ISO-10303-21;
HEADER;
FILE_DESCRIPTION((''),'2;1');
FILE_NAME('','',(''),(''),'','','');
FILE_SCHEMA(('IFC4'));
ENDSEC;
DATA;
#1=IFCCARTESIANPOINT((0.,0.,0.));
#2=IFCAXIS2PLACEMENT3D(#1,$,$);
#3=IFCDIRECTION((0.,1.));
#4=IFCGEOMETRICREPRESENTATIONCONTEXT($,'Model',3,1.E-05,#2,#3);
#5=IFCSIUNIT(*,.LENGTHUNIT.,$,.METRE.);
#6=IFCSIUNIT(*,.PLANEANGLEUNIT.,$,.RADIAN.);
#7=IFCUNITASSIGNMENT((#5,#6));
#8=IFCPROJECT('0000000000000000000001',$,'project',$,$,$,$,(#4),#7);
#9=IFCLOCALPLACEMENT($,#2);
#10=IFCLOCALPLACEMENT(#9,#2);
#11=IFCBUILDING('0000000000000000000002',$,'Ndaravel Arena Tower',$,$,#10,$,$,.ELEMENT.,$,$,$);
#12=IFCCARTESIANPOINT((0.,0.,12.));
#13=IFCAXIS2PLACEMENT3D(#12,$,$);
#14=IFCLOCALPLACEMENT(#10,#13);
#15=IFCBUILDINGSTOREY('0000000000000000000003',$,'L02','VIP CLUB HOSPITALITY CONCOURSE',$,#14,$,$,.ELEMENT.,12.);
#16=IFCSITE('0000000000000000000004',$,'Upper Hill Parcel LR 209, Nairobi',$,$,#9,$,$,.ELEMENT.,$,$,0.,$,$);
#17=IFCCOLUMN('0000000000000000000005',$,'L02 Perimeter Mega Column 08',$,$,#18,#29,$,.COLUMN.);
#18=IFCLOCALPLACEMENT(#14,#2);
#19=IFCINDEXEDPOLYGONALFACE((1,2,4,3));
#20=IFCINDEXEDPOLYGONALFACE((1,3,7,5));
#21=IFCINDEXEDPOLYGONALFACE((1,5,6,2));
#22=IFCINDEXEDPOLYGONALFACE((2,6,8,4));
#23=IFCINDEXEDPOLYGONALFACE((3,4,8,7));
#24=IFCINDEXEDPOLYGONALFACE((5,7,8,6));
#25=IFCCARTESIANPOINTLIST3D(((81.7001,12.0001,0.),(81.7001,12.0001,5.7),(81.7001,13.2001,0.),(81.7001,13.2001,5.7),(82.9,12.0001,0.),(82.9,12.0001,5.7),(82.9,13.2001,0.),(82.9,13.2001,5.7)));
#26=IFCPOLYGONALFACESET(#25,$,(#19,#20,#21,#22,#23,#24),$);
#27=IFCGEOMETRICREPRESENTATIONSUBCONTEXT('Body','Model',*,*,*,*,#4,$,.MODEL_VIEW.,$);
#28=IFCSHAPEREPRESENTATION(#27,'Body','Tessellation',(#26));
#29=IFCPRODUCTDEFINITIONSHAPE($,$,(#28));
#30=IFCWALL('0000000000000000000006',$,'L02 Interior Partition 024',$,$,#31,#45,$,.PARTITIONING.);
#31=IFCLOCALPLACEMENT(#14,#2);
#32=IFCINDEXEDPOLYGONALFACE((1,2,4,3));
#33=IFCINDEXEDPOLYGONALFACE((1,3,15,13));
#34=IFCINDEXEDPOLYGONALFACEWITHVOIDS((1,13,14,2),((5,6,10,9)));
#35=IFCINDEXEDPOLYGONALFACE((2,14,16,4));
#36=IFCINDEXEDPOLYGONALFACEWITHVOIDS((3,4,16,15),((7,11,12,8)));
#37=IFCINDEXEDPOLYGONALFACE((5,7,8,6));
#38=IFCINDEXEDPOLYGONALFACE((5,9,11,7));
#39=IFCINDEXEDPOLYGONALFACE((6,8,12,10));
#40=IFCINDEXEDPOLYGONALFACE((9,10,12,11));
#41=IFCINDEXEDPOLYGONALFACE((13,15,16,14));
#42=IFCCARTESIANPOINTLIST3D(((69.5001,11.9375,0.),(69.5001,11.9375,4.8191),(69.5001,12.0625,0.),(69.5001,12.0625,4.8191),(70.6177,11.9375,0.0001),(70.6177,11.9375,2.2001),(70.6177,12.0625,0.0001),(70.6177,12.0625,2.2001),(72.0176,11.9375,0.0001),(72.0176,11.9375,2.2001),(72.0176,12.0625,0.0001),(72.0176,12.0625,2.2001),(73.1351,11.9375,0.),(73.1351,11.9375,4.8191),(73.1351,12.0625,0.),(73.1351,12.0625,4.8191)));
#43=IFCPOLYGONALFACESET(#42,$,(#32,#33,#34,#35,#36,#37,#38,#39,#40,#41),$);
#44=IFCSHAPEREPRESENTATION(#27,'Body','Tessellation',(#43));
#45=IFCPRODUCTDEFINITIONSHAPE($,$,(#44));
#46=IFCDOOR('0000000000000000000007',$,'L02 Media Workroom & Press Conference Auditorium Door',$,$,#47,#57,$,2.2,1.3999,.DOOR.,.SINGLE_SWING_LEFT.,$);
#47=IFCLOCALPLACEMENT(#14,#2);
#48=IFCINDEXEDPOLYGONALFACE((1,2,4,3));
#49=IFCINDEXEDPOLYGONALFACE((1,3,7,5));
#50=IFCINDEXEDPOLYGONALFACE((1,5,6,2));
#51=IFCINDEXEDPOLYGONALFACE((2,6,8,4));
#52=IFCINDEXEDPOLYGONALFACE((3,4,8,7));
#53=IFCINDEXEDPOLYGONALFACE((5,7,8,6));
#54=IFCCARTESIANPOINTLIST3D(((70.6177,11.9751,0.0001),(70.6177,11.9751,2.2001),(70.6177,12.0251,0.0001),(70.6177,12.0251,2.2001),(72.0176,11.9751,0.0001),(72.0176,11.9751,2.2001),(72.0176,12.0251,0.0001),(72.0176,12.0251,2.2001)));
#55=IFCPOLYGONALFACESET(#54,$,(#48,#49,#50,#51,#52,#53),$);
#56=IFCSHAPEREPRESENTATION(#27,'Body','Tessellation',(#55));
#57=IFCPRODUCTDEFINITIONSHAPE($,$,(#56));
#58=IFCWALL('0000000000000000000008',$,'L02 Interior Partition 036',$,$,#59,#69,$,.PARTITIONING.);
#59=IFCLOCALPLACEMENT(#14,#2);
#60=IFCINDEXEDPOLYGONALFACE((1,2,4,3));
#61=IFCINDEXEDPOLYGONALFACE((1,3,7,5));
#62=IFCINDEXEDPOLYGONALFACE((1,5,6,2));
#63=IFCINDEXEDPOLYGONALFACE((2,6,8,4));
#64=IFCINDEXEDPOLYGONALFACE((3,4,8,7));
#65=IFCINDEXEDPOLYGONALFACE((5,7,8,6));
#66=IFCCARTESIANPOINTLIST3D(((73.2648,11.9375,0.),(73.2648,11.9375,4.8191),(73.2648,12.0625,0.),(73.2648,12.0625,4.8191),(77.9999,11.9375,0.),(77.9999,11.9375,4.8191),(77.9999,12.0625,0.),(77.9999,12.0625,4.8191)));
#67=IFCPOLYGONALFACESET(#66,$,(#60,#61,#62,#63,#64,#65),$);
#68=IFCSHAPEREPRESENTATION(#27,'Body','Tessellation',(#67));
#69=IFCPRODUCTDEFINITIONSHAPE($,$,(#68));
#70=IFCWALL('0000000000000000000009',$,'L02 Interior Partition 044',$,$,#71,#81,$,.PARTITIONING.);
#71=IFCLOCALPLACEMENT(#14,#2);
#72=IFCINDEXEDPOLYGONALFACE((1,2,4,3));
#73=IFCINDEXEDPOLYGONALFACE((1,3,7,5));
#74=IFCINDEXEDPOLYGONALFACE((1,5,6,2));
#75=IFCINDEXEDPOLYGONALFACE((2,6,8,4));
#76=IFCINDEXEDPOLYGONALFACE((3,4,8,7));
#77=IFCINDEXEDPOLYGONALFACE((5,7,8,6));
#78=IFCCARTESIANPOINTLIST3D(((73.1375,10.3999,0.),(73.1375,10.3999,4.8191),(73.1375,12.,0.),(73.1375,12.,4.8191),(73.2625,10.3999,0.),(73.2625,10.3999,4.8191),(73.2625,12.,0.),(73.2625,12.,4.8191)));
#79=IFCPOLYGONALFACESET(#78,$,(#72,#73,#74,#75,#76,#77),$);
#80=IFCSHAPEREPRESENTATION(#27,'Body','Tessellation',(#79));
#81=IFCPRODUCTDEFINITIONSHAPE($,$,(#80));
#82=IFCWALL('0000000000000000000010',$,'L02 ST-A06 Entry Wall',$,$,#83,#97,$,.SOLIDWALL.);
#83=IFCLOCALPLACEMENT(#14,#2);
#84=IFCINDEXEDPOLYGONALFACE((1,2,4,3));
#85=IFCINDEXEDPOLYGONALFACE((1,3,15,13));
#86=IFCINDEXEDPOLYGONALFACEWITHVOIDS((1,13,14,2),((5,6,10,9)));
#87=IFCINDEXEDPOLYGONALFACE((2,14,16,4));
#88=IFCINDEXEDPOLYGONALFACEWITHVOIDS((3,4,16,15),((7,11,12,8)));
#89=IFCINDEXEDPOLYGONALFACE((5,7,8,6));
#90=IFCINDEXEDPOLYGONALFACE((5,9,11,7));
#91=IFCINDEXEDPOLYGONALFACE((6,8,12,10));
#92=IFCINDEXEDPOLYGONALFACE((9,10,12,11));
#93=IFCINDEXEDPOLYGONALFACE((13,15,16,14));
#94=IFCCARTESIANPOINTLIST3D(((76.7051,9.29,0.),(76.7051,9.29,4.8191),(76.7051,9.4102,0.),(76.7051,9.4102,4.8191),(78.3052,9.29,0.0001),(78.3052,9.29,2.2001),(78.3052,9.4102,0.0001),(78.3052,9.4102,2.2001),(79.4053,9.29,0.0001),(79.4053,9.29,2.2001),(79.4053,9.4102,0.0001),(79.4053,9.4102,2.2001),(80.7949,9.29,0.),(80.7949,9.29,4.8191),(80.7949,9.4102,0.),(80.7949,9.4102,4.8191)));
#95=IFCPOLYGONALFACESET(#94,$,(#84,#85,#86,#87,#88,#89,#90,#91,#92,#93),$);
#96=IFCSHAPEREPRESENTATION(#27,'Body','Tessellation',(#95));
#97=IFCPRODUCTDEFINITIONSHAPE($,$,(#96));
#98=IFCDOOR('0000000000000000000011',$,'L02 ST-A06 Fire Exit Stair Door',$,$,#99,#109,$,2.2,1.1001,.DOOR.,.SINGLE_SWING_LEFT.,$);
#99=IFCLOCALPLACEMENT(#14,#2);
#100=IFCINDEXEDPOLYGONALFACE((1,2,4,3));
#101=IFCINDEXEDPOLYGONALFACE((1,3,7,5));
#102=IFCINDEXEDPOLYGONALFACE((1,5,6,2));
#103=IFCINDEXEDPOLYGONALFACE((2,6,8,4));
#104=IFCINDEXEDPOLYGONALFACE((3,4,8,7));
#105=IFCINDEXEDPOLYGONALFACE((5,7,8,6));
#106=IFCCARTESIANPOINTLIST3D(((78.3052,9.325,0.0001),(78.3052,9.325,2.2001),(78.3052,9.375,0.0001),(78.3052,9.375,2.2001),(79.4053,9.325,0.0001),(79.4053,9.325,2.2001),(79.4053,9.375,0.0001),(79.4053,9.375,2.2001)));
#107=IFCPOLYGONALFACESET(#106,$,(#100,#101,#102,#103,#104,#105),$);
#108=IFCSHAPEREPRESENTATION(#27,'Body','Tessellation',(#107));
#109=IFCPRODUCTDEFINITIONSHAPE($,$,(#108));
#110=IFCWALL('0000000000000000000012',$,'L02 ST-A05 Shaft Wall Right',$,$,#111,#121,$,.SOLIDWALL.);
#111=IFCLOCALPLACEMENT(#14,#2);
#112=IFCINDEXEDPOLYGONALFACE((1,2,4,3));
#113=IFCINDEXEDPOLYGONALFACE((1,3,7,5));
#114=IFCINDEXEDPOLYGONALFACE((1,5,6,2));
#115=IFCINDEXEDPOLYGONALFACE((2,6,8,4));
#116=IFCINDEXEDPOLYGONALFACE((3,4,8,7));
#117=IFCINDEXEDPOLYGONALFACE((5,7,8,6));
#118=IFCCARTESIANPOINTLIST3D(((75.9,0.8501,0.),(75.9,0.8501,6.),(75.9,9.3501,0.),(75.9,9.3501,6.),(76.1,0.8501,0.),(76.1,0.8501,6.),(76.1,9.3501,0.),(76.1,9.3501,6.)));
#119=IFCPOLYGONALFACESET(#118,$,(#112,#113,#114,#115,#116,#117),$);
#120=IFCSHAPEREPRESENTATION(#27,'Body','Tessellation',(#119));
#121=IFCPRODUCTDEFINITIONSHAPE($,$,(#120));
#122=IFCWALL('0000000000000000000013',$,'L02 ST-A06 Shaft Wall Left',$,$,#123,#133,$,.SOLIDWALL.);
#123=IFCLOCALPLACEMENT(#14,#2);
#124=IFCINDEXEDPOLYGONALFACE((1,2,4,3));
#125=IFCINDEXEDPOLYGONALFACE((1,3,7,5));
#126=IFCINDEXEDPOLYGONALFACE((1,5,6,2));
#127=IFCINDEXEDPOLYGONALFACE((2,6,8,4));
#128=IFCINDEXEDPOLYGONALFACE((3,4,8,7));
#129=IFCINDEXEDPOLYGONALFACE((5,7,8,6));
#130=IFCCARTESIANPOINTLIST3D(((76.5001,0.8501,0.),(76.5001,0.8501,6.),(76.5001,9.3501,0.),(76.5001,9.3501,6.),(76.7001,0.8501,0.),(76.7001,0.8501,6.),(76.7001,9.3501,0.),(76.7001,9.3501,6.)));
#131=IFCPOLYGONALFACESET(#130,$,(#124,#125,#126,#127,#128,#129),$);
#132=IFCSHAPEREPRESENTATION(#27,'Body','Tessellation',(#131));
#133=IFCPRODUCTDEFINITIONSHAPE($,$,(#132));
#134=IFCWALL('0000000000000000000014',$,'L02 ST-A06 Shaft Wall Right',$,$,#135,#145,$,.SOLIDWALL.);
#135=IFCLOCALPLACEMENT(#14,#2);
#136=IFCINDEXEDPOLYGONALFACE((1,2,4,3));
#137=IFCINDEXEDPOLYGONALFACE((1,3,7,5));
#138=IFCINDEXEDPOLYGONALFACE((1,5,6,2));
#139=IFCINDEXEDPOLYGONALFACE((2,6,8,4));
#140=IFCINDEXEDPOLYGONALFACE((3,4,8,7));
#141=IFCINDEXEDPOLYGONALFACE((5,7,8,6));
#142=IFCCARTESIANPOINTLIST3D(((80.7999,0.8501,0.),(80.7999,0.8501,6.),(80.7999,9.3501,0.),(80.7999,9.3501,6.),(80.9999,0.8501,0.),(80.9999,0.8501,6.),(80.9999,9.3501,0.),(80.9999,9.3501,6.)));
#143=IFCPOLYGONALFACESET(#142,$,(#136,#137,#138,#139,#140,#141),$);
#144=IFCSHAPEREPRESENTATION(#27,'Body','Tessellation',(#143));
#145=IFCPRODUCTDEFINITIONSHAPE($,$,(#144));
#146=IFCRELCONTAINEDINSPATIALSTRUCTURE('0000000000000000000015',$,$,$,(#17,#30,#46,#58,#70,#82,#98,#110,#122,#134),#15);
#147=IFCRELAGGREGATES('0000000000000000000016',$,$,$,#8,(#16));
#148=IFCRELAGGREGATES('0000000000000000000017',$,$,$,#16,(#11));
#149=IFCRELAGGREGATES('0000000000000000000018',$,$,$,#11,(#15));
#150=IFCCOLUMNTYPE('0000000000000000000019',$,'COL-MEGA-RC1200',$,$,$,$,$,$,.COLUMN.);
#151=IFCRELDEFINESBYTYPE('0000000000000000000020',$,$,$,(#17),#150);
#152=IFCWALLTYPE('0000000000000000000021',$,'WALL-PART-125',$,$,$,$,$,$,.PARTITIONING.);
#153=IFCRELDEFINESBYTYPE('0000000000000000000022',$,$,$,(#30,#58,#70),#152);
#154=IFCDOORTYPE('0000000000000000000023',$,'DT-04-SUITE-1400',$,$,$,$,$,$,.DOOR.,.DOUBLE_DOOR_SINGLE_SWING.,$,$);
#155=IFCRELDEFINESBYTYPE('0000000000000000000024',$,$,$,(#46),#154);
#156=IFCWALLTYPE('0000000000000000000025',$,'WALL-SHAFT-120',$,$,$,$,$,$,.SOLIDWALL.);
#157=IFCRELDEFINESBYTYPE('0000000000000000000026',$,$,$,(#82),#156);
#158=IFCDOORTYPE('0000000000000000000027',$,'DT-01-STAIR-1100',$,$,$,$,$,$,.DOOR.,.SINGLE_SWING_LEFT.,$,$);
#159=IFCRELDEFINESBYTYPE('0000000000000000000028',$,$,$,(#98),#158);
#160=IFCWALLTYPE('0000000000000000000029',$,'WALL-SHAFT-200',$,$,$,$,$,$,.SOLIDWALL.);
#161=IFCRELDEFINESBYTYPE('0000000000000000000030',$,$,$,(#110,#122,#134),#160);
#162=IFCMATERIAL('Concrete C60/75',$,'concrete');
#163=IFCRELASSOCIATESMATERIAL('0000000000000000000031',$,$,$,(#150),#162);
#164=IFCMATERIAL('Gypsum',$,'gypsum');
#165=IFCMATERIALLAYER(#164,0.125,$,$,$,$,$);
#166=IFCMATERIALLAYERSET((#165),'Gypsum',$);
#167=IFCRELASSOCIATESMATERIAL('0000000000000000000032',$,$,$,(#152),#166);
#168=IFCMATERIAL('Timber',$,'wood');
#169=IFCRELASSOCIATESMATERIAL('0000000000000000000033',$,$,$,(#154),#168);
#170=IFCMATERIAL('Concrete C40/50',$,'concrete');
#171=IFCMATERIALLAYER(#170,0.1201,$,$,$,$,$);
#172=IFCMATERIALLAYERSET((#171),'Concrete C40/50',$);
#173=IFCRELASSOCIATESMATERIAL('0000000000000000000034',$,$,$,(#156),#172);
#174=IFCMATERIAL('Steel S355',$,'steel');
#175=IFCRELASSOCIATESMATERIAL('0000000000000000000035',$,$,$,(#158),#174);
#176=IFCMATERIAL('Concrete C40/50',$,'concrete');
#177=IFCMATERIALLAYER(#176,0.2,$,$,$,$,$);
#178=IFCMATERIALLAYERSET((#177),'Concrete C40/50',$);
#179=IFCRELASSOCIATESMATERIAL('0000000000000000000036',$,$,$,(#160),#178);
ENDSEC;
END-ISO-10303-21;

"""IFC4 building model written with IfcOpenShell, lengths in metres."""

from ifc_helpers import new_model, si_unit, direction, frame, frame_2d, origin, origin_2d, place, context, subcontext, project, spatial, rectangle, extrude, material, layer, layer_set, material_profile, profile_set, type_object, element, fill, save


model = new_model("IFC4")

# Units and contexts
model_context = context("Model", 3, precision=1e-05, world=origin(), true_north=direction((0.0, 1.0)))
body_context = subcontext(model_context, "Body", "Model", "MODEL_VIEW")
ifc_project = project(units=[si_unit("LENGTHUNIT", "METRE"), si_unit("PLANEANGLEUNIT", "RADIAN")], contexts=[model_context])

# Site, building, storey
site_placement = place(None, origin())
site = spatial("IfcSite", under=ifc_project, at=site_placement, Name="Upper Hill Parcel LR 209, Nairobi", CompositionType="ELEMENT", RefElevation=0.0)
building_placement = place(site_placement, origin())
building = spatial("IfcBuilding", under=site, at=building_placement, Name="Ndaravel Arena Tower", CompositionType="ELEMENT")
storey_placement = place(building_placement, frame((0.0, 0.0, 12.0)))
storey = spatial("IfcBuildingStorey", under=building, at=storey_placement, Name="L02", Description="VIP CLUB HOSPITALITY CONCOURSE", CompositionType="ELEMENT", Elevation=12.0)

# Column
ifc_material_1 = material(Name="Concrete C60/75", Category="concrete")
ifc_material_profile = material_profile(ifc_material_1, rectangle(XDim=1.2, YDim=1.2, at=origin_2d()), Name="RC 1200x1200")
ifc_profile_set = profile_set([ifc_material_profile], Name="Concrete C60/75")
column_type = type_object("IfcColumnType", Name="COL-MEGA-RC1200", PredefinedType="COLUMN", material=ifc_profile_set)
column_placement = place(storey_placement, frame((82.3, 12.6001, 0.0), z_axis=(0.0, 0.0, 1.0), x_axis=(1.0, 0.0, 0.0)))
element("IfcColumn", 1, at=column_placement, inside=storey, type_object=column_type, Name="L02 Perimeter Mega Column 08", PredefinedType="COLUMN", context=body_context, shape_type="SweptSolid", body=[
    extrude(rectangle(XDim=1.2, YDim=1.2, at=origin_2d()), origin(), (0.0, 0.0, 1.0), 5.7),
])

# Wall, opening, door
ifc_material_2 = material(Name="Gypsum", Category="gypsum")
ifc_layer_1 = layer(ifc_material_2, 0.125)
ifc_layer_set_1 = layer_set([ifc_layer_1], Name="Gypsum")
wall_type_1 = type_object("IfcWallType", Name="WALL-PART-125", PredefinedType="PARTITIONING", material=ifc_layer_set_1)
wall_1_placement = place(storey_placement, frame((73.135, 12.0, 0.0), z_axis=(0.0, 0.0, 1.0), x_axis=(-1.0, 0.0, 0.0)))
wall_1 = element("IfcWall", 2, at=wall_1_placement, inside=storey, type_object=wall_type_1, Name="L02 Interior Partition 024", PredefinedType="PARTITIONING", context=body_context, shape_type="SweptSolid", body=[
    extrude(rectangle(XDim=3.635, YDim=0.125, at=frame_2d((1.8174, 0.0))), origin(), (0.0, 0.0, 1.0), 4.8191),
])
opening_1_placement = place(wall_1_placement, frame((1.1174, 0.0, 0.0)))
opening_1 = element("IfcOpeningElement", 3, at=opening_1_placement, cuts=wall_1, PredefinedType="OPENING", context=body_context, shape_type="SweptSolid", body=[
    extrude(rectangle(XDim=1.3999, YDim=2.2, at=frame_2d((0.7, 1.1001))), frame((0.0, 0.0625, 0.0), z_axis=(0.0, -1.0, 0.0), x_axis=(1.0, 0.0, 0.0)), (0.0, 0.0, 1.0), 0.125),
])
ifc_material_3 = material(Name="Timber", Category="wood")
door_type_1 = type_object("IfcDoorType", Name="DT-04-SUITE-1400", OperationType="DOUBLE_DOOR_SINGLE_SWING", PredefinedType="DOOR", material=ifc_material_3)
door_1_placement = place(opening_1_placement, origin())
door_1 = element("IfcDoor", 4, at=door_1_placement, inside=storey, type_object=door_type_1, Name="L02 Media Workroom & Press Conference Auditorium Door", OperationType="SINGLE_SWING_LEFT", OverallHeight=2.2, OverallWidth=1.3999, PredefinedType="DOOR", context=body_context, shape_type="SweptSolid", body=[
    extrude(rectangle(XDim=1.3999, YDim=2.2, at=frame_2d((0.7, 1.1001))), frame((0.0, 0.0249, 0.0), z_axis=(0.0, -1.0, 0.0), x_axis=(1.0, 0.0, 0.0)), (0.0, 0.0, 1.0), 0.05),
])
fill(opening_1, door_1)

# Walls
wall_2_placement = place(storey_placement, frame((78.0, 12.0, 0.0), z_axis=(0.0, 0.0, 1.0), x_axis=(-1.0, 0.0, 0.0)))
element("IfcWall", 5, at=wall_2_placement, inside=storey, type_object=wall_type_1, Name="L02 Interior Partition 036", PredefinedType="PARTITIONING", context=body_context, shape_type="SweptSolid", body=[
    extrude(rectangle(XDim=4.7351, YDim=0.125, at=frame_2d((2.3677, 0.0))), origin(), (0.0, 0.0, 1.0), 4.8191),
])
wall_3_placement = place(storey_placement, frame((73.2, 12.0, 0.0), z_axis=(0.0, 0.0, 1.0), x_axis=(0.0, -1.0, 0.0)))
element("IfcWall", 6, at=wall_3_placement, inside=storey, type_object=wall_type_1, Name="L02 Interior Partition 044", PredefinedType="PARTITIONING", context=body_context, shape_type="SweptSolid", body=[
    extrude(rectangle(XDim=1.6001, YDim=0.125, at=frame_2d((0.8, 0.0))), origin(), (0.0, 0.0, 1.0), 4.8191),
])

# Wall, opening, door
ifc_material_4 = material(Name="Concrete C40/50", Category="concrete")
ifc_layer_2 = layer(ifc_material_4, 0.1201)
ifc_layer_set_2 = layer_set([ifc_layer_2], Name="Concrete C40/50")
wall_type_2 = type_object("IfcWallType", Name="WALL-SHAFT-120", PredefinedType="SOLIDWALL", material=ifc_layer_set_2)
wall_4_placement = place(storey_placement, frame((76.7051, 9.3501, 0.0), z_axis=(0.0, 0.0, 1.0), x_axis=(1.0, 0.0, 0.0)))
wall_4 = element("IfcWall", 7, at=wall_4_placement, inside=storey, type_object=wall_type_2, Name="L02 ST-A06 Entry Wall", PredefinedType="SOLIDWALL", context=body_context, shape_type="SweptSolid", body=[
    extrude(rectangle(XDim=4.0898, YDim=0.1201, at=frame_2d((2.0449, 0.0))), origin(), (0.0, 0.0, 1.0), 4.8191),
])
opening_2_placement = place(wall_4_placement, frame((1.6001, 0.0, 0.0)))
opening_2 = element("IfcOpeningElement", 8, at=opening_2_placement, cuts=wall_4, PredefinedType="OPENING", context=body_context, shape_type="SweptSolid", body=[
    extrude(rectangle(XDim=1.1001, YDim=2.2, at=frame_2d((0.55, 1.1001))), frame((0.0, 0.0601, 0.0), z_axis=(0.0, -1.0, 0.0), x_axis=(1.0, 0.0, 0.0)), (0.0, 0.0, 1.0), 0.1201),
])
ifc_material_5 = material(Name="Steel S355", Category="steel")
door_type_2 = type_object("IfcDoorType", Name="DT-01-STAIR-1100", OperationType="SINGLE_SWING_LEFT", PredefinedType="DOOR", material=ifc_material_5)
door_2_placement = place(opening_2_placement, origin())
door_2 = element("IfcDoor", 9, at=door_2_placement, inside=storey, type_object=door_type_2, Name="L02 ST-A06 Fire Exit Stair Door", OperationType="SINGLE_SWING_LEFT", OverallHeight=2.2, OverallWidth=1.1001, PredefinedType="DOOR", context=body_context, shape_type="SweptSolid", body=[
    extrude(rectangle(XDim=1.1001, YDim=2.2, at=frame_2d((0.55, 1.1001))), frame((0.0, 0.0249, 0.0), z_axis=(0.0, -1.0, 0.0), x_axis=(1.0, 0.0, 0.0)), (0.0, 0.0, 1.0), 0.05),
])
fill(opening_2, door_2)

# Walls
ifc_material_6 = material(Name="Concrete C40/50", Category="concrete")
ifc_layer_3 = layer(ifc_material_6, 0.2)
ifc_layer_set_3 = layer_set([ifc_layer_3], Name="Concrete C40/50")
wall_type_3 = type_object("IfcWallType", Name="WALL-SHAFT-200", PredefinedType="SOLIDWALL", material=ifc_layer_set_3)
for number, where, z_axis, x_axis, name in (
    (10, (76.0, 9.3501, 0.0), (0.0, 0.0, 1.0), (0.0, -1.0, 0.0), "L02 ST-A05 Shaft Wall Right"),
    (11, (76.6001, 9.3501, 0.0), (0.0, 0.0, 1.0), (0.0, -1.0, 0.0), "L02 ST-A06 Shaft Wall Left"),
    (12, (80.8999, 9.3501, 0.0), (0.0, 0.0, 1.0), (0.0, -1.0, 0.0), "L02 ST-A06 Shaft Wall Right"),
):
    element("IfcWall", number, at=place(storey_placement, frame(where, z_axis=z_axis, x_axis=x_axis)), inside=storey, type_object=wall_type_3, Name=name, PredefinedType="SOLIDWALL", context=body_context, shape_type="SweptSolid", body=[
        extrude(rectangle(XDim=8.5, YDim=0.2, at=frame_2d((4.25, 0.0))), origin(), (0.0, 0.0, 1.0), 6.0),
    ])

save(model, "model.ifc")
